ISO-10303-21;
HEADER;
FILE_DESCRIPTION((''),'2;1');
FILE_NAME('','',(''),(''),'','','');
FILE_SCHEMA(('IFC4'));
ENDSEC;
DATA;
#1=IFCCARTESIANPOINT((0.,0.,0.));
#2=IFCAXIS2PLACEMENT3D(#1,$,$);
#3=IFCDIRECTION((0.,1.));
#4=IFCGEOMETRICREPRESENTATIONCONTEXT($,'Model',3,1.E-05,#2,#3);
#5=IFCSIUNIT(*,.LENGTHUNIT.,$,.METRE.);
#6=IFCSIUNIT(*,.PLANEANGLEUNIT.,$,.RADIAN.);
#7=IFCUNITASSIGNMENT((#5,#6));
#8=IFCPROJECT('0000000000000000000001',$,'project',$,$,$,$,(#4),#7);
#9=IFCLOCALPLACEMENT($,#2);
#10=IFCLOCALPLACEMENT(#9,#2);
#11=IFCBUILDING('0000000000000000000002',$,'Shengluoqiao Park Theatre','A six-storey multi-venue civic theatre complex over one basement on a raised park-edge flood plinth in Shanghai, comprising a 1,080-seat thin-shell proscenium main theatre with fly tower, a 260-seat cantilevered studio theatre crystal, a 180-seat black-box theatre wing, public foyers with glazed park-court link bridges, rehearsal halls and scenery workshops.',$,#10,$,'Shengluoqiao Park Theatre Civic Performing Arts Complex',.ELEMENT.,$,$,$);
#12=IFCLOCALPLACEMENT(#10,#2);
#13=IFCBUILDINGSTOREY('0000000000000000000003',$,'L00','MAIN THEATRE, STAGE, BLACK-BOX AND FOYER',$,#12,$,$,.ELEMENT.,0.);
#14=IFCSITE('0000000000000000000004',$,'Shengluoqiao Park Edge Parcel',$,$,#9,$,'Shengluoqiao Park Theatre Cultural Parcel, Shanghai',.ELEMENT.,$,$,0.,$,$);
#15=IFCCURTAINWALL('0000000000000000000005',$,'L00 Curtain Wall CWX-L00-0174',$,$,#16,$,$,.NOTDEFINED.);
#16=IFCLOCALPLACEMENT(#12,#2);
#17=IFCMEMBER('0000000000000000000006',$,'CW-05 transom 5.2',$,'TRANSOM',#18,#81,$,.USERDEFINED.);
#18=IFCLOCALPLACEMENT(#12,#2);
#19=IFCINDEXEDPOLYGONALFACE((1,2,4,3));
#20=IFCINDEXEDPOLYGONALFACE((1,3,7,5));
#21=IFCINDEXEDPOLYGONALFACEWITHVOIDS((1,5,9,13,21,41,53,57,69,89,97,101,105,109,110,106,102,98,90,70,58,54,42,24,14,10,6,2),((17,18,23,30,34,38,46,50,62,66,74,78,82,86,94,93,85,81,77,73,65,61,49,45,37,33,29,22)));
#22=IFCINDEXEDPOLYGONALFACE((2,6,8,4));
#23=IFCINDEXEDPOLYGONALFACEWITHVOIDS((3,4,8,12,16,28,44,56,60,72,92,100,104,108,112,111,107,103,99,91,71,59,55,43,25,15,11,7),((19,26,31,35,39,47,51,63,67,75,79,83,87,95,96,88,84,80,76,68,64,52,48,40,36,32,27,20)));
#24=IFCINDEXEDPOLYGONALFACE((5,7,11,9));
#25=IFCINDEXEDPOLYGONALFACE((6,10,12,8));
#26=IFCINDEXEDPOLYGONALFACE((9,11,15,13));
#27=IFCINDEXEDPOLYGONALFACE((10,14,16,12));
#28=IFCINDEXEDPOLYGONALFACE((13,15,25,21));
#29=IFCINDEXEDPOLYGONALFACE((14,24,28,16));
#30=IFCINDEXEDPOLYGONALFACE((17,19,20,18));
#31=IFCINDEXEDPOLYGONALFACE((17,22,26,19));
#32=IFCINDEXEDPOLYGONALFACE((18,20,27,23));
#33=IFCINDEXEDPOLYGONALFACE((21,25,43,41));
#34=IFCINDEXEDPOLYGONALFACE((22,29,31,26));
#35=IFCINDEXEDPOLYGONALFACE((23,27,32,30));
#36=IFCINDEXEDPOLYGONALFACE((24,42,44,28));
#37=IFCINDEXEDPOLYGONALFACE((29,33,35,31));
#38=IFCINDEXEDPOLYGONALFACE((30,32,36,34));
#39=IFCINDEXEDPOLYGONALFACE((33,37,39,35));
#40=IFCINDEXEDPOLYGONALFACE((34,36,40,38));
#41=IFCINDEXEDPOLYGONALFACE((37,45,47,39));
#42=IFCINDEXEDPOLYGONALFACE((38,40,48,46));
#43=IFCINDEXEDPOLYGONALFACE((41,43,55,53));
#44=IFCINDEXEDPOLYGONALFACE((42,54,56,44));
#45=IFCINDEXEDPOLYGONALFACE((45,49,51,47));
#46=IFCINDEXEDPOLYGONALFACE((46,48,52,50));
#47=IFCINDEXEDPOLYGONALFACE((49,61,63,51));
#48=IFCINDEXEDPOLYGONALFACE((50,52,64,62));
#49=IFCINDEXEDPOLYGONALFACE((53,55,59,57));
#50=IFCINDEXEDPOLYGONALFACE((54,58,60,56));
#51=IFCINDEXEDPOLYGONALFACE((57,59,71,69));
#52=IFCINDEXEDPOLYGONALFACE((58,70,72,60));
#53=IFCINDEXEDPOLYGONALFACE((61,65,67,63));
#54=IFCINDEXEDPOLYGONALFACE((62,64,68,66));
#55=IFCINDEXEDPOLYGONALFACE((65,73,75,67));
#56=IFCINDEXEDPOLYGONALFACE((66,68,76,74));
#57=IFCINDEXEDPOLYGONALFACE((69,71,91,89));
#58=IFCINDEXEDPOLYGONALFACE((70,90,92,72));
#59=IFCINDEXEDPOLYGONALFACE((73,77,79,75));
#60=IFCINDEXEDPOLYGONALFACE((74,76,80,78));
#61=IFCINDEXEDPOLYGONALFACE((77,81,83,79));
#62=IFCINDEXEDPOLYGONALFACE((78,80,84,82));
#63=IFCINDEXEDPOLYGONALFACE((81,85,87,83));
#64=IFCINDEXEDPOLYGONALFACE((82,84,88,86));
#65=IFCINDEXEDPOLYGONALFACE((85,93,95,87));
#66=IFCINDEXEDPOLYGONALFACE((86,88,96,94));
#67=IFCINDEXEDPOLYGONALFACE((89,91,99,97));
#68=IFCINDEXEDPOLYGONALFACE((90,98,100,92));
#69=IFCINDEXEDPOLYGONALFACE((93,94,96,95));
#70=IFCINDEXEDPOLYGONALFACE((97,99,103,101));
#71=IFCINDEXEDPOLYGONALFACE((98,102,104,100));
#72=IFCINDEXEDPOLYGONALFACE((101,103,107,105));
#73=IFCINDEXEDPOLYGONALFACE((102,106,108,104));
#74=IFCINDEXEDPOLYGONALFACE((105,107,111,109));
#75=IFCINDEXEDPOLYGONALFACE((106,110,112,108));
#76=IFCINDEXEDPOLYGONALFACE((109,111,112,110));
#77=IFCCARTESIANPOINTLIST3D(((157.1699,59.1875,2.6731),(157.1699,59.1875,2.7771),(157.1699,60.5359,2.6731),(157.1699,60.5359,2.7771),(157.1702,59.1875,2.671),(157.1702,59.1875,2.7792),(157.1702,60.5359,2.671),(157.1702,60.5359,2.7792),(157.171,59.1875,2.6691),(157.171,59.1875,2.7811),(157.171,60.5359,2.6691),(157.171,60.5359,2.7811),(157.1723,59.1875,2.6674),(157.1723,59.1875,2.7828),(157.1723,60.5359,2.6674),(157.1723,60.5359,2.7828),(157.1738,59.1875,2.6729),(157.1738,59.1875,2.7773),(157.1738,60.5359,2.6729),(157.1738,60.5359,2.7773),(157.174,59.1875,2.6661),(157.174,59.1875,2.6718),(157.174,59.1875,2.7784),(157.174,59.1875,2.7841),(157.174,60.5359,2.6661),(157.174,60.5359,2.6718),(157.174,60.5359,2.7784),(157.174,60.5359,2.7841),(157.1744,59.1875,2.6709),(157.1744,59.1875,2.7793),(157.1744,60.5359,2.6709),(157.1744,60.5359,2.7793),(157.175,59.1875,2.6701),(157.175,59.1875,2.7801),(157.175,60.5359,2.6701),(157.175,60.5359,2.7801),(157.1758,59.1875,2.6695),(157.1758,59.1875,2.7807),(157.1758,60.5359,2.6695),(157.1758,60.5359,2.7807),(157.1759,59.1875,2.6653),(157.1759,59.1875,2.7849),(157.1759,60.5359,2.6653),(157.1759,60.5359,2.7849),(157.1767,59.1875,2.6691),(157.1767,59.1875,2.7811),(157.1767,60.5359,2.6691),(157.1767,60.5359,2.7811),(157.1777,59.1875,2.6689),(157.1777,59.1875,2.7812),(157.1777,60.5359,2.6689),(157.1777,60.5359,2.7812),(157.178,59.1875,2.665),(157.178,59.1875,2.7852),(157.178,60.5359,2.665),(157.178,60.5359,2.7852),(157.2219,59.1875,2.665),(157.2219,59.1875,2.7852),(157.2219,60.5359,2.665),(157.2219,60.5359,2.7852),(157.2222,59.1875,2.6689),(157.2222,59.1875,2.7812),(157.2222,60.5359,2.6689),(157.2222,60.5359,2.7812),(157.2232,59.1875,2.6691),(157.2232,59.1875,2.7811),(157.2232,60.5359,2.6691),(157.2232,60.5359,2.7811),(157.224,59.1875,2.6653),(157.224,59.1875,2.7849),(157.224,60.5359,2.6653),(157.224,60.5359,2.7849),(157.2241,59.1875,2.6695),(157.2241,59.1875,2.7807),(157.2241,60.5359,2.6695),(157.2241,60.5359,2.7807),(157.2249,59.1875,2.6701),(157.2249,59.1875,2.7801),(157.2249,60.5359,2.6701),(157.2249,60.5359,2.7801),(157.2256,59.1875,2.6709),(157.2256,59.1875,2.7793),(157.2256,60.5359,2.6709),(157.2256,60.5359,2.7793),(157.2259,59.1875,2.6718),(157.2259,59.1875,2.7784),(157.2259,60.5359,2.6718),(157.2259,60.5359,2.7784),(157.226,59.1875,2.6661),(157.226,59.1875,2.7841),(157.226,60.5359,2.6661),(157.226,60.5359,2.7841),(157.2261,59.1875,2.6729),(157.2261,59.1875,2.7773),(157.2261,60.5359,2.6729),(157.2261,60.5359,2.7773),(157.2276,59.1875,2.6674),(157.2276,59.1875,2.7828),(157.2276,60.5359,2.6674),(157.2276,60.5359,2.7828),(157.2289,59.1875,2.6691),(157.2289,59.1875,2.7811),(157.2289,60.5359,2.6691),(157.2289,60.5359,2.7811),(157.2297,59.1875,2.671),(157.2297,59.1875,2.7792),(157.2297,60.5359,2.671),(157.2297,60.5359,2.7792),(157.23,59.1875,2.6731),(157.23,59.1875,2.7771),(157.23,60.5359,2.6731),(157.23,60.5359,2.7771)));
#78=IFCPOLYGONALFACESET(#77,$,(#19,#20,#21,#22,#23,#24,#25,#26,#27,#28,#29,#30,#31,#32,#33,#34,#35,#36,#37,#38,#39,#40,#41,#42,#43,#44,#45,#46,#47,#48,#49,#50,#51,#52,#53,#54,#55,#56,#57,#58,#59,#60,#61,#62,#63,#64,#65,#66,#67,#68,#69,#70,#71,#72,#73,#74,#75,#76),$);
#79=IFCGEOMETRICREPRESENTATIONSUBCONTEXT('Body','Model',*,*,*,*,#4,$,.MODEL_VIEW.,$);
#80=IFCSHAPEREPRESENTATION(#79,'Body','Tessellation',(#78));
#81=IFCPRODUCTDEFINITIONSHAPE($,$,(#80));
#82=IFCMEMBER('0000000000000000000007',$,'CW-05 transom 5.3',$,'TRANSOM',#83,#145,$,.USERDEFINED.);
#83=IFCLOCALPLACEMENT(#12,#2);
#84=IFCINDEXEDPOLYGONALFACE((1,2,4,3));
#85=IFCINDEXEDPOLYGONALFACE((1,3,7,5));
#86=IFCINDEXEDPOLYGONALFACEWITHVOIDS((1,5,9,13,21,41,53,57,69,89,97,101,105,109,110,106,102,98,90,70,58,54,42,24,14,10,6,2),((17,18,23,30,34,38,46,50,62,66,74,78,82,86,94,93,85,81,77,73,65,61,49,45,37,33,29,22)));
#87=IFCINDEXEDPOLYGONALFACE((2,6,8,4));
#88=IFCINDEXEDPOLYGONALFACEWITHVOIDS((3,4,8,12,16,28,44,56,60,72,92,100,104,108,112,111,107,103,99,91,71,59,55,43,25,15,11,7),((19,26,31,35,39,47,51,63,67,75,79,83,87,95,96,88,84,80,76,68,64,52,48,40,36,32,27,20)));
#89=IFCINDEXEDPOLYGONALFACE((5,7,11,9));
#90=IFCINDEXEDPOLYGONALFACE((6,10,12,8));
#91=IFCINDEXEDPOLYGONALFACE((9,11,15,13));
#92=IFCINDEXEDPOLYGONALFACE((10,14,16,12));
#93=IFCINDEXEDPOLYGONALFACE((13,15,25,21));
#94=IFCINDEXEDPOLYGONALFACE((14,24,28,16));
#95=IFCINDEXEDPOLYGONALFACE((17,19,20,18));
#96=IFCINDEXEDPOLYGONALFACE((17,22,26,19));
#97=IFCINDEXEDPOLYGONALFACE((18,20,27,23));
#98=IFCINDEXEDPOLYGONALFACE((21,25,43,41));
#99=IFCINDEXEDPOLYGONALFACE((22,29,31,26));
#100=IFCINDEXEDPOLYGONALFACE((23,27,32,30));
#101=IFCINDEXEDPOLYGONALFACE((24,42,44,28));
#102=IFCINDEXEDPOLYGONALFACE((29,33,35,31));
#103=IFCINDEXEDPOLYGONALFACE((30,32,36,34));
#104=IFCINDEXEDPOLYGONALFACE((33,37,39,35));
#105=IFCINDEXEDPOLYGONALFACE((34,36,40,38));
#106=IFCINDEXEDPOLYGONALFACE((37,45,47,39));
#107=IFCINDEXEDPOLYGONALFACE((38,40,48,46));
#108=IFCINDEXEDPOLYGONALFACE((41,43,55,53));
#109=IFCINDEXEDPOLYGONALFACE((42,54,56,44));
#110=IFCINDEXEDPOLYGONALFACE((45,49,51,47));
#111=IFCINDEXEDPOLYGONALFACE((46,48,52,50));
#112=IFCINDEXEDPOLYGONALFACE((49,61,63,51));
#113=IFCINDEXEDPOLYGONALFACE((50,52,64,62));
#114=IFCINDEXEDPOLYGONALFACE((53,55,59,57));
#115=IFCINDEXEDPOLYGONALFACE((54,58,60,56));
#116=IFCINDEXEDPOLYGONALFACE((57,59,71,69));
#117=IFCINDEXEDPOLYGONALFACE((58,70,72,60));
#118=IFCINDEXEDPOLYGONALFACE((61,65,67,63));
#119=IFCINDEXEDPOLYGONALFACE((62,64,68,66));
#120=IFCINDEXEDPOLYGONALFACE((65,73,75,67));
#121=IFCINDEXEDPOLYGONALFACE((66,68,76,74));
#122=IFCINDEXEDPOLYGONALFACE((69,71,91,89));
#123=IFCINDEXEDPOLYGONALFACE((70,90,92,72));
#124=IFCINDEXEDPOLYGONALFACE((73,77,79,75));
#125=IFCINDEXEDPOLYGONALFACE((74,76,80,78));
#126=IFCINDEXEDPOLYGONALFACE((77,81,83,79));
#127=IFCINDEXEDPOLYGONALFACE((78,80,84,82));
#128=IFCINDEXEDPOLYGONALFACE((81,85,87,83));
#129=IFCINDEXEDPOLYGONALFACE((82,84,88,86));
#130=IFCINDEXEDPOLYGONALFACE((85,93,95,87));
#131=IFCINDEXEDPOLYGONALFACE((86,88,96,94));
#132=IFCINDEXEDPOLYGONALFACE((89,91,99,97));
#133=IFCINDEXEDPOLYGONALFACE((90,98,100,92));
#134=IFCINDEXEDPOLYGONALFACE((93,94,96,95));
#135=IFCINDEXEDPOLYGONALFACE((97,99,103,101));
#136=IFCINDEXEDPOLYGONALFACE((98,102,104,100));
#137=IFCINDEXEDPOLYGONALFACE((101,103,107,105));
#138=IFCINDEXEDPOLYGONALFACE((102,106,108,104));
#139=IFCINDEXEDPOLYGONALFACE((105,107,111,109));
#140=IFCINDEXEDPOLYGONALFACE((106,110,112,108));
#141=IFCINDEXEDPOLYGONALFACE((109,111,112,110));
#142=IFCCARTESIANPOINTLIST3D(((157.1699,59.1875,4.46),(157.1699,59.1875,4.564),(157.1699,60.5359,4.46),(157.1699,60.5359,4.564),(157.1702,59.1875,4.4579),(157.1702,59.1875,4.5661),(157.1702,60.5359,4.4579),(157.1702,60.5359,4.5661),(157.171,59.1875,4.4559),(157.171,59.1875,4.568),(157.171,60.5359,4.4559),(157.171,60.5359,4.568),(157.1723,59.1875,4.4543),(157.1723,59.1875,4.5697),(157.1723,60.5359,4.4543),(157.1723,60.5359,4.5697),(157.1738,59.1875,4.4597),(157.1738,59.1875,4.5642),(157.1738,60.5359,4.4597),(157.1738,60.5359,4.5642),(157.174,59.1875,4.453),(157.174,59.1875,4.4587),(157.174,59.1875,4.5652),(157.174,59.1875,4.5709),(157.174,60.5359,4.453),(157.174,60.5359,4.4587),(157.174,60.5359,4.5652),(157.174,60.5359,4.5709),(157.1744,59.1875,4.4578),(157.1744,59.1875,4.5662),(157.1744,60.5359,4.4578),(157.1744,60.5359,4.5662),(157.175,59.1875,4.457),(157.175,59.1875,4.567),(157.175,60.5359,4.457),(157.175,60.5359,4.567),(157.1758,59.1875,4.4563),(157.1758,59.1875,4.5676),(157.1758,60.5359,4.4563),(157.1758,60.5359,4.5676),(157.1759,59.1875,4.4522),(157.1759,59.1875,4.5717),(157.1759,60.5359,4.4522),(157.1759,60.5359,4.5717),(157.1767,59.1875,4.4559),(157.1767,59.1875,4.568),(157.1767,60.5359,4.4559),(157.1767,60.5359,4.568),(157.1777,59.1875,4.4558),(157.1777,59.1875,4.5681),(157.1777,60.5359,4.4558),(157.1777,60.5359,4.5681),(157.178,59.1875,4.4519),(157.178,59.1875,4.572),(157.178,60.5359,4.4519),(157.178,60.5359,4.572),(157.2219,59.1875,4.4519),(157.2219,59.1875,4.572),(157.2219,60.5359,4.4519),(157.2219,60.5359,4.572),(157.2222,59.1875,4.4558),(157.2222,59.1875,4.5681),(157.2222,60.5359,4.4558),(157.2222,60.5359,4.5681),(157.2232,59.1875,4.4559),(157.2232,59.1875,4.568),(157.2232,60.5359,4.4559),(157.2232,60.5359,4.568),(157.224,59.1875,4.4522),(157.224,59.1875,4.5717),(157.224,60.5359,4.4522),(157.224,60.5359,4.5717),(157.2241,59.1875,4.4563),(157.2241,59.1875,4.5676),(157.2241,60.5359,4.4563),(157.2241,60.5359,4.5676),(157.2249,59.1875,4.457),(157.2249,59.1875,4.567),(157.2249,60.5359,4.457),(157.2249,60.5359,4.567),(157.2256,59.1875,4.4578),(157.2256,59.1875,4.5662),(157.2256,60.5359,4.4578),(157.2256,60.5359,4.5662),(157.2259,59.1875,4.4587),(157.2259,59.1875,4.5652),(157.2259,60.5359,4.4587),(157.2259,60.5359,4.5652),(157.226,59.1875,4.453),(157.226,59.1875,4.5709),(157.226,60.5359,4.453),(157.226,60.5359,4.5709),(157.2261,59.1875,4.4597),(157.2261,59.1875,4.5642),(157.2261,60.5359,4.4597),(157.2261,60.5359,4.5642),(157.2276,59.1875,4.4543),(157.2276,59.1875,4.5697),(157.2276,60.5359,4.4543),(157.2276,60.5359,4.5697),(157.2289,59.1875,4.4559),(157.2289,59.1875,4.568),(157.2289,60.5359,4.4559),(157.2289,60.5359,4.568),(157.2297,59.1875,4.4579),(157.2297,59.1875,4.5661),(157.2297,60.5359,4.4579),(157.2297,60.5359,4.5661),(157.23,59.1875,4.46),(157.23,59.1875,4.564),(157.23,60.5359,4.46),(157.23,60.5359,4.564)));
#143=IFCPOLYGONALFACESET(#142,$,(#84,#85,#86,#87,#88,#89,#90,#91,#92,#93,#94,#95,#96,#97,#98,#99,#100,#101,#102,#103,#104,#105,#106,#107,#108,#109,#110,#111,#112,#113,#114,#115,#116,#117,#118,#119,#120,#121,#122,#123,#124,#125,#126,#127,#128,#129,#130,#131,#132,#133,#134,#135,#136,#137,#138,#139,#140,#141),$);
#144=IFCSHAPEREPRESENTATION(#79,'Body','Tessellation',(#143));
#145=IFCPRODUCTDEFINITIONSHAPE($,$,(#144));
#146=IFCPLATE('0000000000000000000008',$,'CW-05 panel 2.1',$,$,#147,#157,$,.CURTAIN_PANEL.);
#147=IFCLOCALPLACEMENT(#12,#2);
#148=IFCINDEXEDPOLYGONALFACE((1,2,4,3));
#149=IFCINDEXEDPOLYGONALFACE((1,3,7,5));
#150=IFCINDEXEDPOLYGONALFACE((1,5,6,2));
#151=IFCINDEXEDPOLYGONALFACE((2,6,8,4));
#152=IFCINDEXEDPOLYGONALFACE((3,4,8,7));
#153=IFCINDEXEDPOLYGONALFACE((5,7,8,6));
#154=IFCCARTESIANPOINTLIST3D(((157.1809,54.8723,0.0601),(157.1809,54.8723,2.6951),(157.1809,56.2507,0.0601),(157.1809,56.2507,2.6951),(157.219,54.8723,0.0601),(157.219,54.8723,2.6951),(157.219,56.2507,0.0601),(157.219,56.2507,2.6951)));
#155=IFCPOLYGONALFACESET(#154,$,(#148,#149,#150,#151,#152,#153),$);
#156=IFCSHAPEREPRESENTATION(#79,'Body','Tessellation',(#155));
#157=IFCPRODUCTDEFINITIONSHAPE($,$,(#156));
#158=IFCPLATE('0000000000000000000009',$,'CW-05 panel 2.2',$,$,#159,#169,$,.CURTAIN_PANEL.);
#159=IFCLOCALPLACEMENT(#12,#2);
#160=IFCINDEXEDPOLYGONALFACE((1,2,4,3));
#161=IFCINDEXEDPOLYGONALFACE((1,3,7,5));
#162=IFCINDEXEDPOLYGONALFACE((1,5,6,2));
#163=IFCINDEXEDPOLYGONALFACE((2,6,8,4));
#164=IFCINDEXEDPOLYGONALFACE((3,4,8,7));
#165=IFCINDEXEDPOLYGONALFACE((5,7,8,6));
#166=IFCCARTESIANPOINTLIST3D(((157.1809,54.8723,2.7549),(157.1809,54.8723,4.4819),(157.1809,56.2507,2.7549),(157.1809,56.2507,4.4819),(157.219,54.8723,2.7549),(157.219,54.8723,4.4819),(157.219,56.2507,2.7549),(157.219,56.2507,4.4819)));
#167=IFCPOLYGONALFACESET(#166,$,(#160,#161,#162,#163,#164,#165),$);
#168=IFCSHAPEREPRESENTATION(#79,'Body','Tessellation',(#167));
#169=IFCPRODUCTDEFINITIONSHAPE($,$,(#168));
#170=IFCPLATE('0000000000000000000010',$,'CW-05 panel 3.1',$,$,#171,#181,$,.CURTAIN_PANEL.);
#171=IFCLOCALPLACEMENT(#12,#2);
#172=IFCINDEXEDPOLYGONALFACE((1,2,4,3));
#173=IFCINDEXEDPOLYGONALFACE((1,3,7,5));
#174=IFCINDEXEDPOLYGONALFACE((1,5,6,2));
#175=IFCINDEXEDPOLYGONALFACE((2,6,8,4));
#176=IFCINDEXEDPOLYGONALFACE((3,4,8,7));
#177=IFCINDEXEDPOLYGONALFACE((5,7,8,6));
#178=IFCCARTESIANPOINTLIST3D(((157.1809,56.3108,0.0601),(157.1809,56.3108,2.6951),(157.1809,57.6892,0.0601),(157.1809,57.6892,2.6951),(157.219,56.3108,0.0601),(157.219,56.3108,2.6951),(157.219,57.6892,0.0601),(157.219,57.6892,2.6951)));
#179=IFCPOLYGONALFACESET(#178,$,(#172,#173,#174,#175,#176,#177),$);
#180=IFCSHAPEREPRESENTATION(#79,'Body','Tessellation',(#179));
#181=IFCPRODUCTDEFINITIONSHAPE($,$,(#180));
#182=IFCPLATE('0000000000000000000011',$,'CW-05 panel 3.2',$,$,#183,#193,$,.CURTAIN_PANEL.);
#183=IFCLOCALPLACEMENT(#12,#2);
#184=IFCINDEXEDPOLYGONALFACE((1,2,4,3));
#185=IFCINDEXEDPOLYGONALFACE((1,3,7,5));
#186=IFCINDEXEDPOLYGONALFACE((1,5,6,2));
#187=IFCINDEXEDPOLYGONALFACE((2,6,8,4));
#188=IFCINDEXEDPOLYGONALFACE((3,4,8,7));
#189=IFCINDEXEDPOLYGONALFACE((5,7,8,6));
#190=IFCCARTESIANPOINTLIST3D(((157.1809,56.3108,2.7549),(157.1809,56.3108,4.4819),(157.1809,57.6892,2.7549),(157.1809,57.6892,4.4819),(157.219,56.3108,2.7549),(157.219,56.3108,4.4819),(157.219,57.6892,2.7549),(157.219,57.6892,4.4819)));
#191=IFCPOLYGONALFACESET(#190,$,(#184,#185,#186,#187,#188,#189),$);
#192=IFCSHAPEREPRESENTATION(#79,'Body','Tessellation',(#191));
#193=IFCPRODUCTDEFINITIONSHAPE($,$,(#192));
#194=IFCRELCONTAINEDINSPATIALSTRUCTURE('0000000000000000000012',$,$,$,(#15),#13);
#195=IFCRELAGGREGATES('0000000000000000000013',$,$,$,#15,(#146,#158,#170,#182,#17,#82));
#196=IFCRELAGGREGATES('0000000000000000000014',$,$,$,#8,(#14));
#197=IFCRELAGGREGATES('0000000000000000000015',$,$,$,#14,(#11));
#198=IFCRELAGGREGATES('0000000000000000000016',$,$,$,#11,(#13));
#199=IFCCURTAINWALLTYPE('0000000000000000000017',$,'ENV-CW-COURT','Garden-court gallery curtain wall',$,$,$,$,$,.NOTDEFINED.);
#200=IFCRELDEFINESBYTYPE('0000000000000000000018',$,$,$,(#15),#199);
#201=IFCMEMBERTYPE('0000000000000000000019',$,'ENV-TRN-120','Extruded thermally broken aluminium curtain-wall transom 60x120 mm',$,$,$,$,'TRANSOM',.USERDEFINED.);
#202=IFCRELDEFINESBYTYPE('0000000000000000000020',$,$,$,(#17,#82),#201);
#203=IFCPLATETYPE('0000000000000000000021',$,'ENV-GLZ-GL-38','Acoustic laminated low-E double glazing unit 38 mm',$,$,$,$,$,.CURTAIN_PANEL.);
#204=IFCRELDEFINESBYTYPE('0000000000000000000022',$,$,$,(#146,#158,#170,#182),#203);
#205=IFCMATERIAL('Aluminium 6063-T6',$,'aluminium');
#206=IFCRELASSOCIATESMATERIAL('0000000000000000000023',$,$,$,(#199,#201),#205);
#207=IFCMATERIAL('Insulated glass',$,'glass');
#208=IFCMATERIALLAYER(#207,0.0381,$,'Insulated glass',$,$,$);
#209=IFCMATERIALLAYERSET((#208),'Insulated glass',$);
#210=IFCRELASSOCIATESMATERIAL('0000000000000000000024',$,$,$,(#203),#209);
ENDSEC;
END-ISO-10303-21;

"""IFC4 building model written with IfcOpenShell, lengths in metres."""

from ifc_helpers import new_model, si_unit, direction, frame, origin, origin_2d, place, context, subcontext, project, spatial, rectangle, hollow_rectangle, extrude, material, layer, layer_set, material_profile, profile_set, type_object, element, aggregate, save


model = new_model("IFC4")

# Units and contexts
model_context = context("Model", 3, precision=1e-05, world=origin(), true_north=direction((0.0, 1.0)))
body_context = subcontext(model_context, "Body", "Model", "MODEL_VIEW")
ifc_project = project(units=[si_unit("LENGTHUNIT", "METRE"), si_unit("PLANEANGLEUNIT", "RADIAN")], contexts=[model_context])

# Site, building, storey
site_placement = place(None, origin())
site = spatial("IfcSite", under=ifc_project, at=site_placement, Name="Shengluoqiao Park Edge Parcel", LongName="Shengluoqiao Park Theatre Cultural Parcel, Shanghai", CompositionType="ELEMENT", RefElevation=0.0)
building_placement = place(site_placement, origin())
building = spatial("IfcBuilding", under=site, at=building_placement, Name="Shengluoqiao Park Theatre", Description="A six-storey multi-venue civic theatre complex over one basement on a raised park-edge flood plinth in Shanghai, comprising a 1,080-seat thin-shell proscenium main theatre with fly tower, a 260-seat cantilevered studio theatre crystal, a 180-seat black-box theatre wing, public foyers with glazed park-court link bridges, rehearsal halls and scenery workshops.", LongName="Shengluoqiao Park Theatre Civic Performing Arts Complex", CompositionType="ELEMENT")
storey_placement = place(building_placement, origin())
storey = spatial("IfcBuildingStorey", under=building, at=storey_placement, Name="L00", Description="MAIN THEATRE, STAGE, BLACK-BOX AND FOYER", CompositionType="ELEMENT", Elevation=0.0)

# Curtain wall, members, plates
ifc_material_1 = material(Name="Aluminium 6063-T6", Category="aluminium")
curtain_wall_type = type_object("IfcCurtainWallType", Name="ENV-CW-COURT", Description="Garden-court gallery curtain wall", PredefinedType="NOTDEFINED", material=ifc_material_1)
curtain_wall_placement = place(storey_placement, origin())
curtain_wall = element("IfcCurtainWall", 1, at=curtain_wall_placement, inside=storey, type_object=curtain_wall_type, Name="L00 Curtain Wall CWX-L00-0174", PredefinedType="NOTDEFINED")
ifc_material_profile_1 = material_profile(ifc_material_1, hollow_rectangle(XDim=0.0601, YDim=0.1201, WallThickness=0.0039, InnerFilletRadius=0.0039, OuterFilletRadius=0.0081, at=origin_2d()), Name="ALU TRANSOM 120x60x4")
ifc_profile_set_1 = profile_set([ifc_material_profile_1], Name="Aluminium 6063-T6")
member_type_1 = type_object("IfcMemberType", Name="ENV-TRN-120", Description="Extruded thermally broken aluminium curtain-wall transom 60x120 mm", ElementType="TRANSOM", PredefinedType="USERDEFINED", material=ifc_profile_set_1)
member_1_placement = place(storey_placement, frame((157.2, 59.1875, 2.7251), z_axis=(0.0, 1.0, 0.0), x_axis=(-1.0, 0.0, 0.0)))
member_1 = element("IfcMember", 2, at=member_1_placement, type_object=member_type_1, Name="CW-05 transom 5.2", ObjectType="TRANSOM", PredefinedType="USERDEFINED", context=body_context, shape_type="SweptSolid", body=[
    extrude(hollow_rectangle(XDim=0.0601, YDim=0.1201, WallThickness=0.0039, InnerFilletRadius=0.0039, OuterFilletRadius=0.0081, at=origin_2d()), origin(), (0.0, 0.0, 1.0), 1.3484),
])
member_2_placement = place(storey_placement, frame((157.2, 59.1875, 4.512), z_axis=(0.0, 1.0, 0.0), x_axis=(-1.0, 0.0, 0.0)))
member_2 = element("IfcMember", 3, at=member_2_placement, type_object=member_type_1, Name="CW-05 transom 5.3", ObjectType="TRANSOM", PredefinedType="USERDEFINED", context=body_context, shape_type="SweptSolid", body=[
    extrude(hollow_rectangle(XDim=0.0601, YDim=0.1201, WallThickness=0.0039, InnerFilletRadius=0.0039, OuterFilletRadius=0.0081, at=origin_2d()), origin(), (0.0, 0.0, 1.0), 1.3484),
])
ifc_material_2 = material(Name="Insulated glass", Category="glass")
ifc_layer_1 = layer(ifc_material_2, 0.0381, Name="Insulated glass")
ifc_layer_set_1 = layer_set([ifc_layer_1], Name="Insulated glass")
plate_type = type_object("IfcPlateType", Name="ENV-GLZ-GL-38", Description="Acoustic laminated low-E double glazing unit 38 mm", PredefinedType="CURTAIN_PANEL", material=ifc_layer_set_1)
plate_1_placement = place(storey_placement, frame((157.2, 55.5615, 0.0601), z_axis=(0.0, 0.0, 1.0), x_axis=(0.0, 1.0, 0.0)))
plate_1 = element("IfcPlate", 4, at=plate_1_placement, type_object=plate_type, Name="CW-05 panel 2.1", PredefinedType="CURTAIN_PANEL", context=body_context, shape_type="SweptSolid", body=[
    extrude(rectangle(XDim=1.3784, YDim=0.0381, at=origin_2d()), origin(), (0.0, 0.0, 1.0), 2.635),
])
plate_2_placement = place(storey_placement, frame((157.2, 55.5615, 2.7549), z_axis=(0.0, 0.0, 1.0), x_axis=(0.0, 1.0, 0.0)))
plate_2 = element("IfcPlate", 5, at=plate_2_placement, type_object=plate_type, Name="CW-05 panel 2.2", PredefinedType="CURTAIN_PANEL", context=body_context, shape_type="SweptSolid", body=[
    extrude(rectangle(XDim=1.3784, YDim=0.0381, at=origin_2d()), origin(), (0.0, 0.0, 1.0), 1.7271),
])
plate_3_placement = place(storey_placement, frame((157.2, 57.0, 0.0601), z_axis=(0.0, 0.0, 1.0), x_axis=(0.0, 1.0, 0.0)))
plate_3 = element("IfcPlate", 6, at=plate_3_placement, type_object=plate_type, Name="CW-05 panel 3.1", PredefinedType="CURTAIN_PANEL", context=body_context, shape_type="SweptSolid", body=[
    extrude(rectangle(XDim=1.3784, YDim=0.0381, at=origin_2d()), origin(), (0.0, 0.0, 1.0), 2.635),
])
plate_4_placement = place(storey_placement, frame((157.2, 57.0, 2.7549), z_axis=(0.0, 0.0, 1.0), x_axis=(0.0, 1.0, 0.0)))
plate_4 = element("IfcPlate", 7, at=plate_4_placement, type_object=plate_type, Name="CW-05 panel 3.2", PredefinedType="CURTAIN_PANEL", context=body_context, shape_type="SweptSolid", body=[
    extrude(rectangle(XDim=1.3784, YDim=0.0381, at=origin_2d()), origin(), (0.0, 0.0, 1.0), 1.7271),
])
aggregate(curtain_wall, [plate_1, plate_2, plate_3, plate_4, member_1, member_2])

save(model, "model.ifc")
